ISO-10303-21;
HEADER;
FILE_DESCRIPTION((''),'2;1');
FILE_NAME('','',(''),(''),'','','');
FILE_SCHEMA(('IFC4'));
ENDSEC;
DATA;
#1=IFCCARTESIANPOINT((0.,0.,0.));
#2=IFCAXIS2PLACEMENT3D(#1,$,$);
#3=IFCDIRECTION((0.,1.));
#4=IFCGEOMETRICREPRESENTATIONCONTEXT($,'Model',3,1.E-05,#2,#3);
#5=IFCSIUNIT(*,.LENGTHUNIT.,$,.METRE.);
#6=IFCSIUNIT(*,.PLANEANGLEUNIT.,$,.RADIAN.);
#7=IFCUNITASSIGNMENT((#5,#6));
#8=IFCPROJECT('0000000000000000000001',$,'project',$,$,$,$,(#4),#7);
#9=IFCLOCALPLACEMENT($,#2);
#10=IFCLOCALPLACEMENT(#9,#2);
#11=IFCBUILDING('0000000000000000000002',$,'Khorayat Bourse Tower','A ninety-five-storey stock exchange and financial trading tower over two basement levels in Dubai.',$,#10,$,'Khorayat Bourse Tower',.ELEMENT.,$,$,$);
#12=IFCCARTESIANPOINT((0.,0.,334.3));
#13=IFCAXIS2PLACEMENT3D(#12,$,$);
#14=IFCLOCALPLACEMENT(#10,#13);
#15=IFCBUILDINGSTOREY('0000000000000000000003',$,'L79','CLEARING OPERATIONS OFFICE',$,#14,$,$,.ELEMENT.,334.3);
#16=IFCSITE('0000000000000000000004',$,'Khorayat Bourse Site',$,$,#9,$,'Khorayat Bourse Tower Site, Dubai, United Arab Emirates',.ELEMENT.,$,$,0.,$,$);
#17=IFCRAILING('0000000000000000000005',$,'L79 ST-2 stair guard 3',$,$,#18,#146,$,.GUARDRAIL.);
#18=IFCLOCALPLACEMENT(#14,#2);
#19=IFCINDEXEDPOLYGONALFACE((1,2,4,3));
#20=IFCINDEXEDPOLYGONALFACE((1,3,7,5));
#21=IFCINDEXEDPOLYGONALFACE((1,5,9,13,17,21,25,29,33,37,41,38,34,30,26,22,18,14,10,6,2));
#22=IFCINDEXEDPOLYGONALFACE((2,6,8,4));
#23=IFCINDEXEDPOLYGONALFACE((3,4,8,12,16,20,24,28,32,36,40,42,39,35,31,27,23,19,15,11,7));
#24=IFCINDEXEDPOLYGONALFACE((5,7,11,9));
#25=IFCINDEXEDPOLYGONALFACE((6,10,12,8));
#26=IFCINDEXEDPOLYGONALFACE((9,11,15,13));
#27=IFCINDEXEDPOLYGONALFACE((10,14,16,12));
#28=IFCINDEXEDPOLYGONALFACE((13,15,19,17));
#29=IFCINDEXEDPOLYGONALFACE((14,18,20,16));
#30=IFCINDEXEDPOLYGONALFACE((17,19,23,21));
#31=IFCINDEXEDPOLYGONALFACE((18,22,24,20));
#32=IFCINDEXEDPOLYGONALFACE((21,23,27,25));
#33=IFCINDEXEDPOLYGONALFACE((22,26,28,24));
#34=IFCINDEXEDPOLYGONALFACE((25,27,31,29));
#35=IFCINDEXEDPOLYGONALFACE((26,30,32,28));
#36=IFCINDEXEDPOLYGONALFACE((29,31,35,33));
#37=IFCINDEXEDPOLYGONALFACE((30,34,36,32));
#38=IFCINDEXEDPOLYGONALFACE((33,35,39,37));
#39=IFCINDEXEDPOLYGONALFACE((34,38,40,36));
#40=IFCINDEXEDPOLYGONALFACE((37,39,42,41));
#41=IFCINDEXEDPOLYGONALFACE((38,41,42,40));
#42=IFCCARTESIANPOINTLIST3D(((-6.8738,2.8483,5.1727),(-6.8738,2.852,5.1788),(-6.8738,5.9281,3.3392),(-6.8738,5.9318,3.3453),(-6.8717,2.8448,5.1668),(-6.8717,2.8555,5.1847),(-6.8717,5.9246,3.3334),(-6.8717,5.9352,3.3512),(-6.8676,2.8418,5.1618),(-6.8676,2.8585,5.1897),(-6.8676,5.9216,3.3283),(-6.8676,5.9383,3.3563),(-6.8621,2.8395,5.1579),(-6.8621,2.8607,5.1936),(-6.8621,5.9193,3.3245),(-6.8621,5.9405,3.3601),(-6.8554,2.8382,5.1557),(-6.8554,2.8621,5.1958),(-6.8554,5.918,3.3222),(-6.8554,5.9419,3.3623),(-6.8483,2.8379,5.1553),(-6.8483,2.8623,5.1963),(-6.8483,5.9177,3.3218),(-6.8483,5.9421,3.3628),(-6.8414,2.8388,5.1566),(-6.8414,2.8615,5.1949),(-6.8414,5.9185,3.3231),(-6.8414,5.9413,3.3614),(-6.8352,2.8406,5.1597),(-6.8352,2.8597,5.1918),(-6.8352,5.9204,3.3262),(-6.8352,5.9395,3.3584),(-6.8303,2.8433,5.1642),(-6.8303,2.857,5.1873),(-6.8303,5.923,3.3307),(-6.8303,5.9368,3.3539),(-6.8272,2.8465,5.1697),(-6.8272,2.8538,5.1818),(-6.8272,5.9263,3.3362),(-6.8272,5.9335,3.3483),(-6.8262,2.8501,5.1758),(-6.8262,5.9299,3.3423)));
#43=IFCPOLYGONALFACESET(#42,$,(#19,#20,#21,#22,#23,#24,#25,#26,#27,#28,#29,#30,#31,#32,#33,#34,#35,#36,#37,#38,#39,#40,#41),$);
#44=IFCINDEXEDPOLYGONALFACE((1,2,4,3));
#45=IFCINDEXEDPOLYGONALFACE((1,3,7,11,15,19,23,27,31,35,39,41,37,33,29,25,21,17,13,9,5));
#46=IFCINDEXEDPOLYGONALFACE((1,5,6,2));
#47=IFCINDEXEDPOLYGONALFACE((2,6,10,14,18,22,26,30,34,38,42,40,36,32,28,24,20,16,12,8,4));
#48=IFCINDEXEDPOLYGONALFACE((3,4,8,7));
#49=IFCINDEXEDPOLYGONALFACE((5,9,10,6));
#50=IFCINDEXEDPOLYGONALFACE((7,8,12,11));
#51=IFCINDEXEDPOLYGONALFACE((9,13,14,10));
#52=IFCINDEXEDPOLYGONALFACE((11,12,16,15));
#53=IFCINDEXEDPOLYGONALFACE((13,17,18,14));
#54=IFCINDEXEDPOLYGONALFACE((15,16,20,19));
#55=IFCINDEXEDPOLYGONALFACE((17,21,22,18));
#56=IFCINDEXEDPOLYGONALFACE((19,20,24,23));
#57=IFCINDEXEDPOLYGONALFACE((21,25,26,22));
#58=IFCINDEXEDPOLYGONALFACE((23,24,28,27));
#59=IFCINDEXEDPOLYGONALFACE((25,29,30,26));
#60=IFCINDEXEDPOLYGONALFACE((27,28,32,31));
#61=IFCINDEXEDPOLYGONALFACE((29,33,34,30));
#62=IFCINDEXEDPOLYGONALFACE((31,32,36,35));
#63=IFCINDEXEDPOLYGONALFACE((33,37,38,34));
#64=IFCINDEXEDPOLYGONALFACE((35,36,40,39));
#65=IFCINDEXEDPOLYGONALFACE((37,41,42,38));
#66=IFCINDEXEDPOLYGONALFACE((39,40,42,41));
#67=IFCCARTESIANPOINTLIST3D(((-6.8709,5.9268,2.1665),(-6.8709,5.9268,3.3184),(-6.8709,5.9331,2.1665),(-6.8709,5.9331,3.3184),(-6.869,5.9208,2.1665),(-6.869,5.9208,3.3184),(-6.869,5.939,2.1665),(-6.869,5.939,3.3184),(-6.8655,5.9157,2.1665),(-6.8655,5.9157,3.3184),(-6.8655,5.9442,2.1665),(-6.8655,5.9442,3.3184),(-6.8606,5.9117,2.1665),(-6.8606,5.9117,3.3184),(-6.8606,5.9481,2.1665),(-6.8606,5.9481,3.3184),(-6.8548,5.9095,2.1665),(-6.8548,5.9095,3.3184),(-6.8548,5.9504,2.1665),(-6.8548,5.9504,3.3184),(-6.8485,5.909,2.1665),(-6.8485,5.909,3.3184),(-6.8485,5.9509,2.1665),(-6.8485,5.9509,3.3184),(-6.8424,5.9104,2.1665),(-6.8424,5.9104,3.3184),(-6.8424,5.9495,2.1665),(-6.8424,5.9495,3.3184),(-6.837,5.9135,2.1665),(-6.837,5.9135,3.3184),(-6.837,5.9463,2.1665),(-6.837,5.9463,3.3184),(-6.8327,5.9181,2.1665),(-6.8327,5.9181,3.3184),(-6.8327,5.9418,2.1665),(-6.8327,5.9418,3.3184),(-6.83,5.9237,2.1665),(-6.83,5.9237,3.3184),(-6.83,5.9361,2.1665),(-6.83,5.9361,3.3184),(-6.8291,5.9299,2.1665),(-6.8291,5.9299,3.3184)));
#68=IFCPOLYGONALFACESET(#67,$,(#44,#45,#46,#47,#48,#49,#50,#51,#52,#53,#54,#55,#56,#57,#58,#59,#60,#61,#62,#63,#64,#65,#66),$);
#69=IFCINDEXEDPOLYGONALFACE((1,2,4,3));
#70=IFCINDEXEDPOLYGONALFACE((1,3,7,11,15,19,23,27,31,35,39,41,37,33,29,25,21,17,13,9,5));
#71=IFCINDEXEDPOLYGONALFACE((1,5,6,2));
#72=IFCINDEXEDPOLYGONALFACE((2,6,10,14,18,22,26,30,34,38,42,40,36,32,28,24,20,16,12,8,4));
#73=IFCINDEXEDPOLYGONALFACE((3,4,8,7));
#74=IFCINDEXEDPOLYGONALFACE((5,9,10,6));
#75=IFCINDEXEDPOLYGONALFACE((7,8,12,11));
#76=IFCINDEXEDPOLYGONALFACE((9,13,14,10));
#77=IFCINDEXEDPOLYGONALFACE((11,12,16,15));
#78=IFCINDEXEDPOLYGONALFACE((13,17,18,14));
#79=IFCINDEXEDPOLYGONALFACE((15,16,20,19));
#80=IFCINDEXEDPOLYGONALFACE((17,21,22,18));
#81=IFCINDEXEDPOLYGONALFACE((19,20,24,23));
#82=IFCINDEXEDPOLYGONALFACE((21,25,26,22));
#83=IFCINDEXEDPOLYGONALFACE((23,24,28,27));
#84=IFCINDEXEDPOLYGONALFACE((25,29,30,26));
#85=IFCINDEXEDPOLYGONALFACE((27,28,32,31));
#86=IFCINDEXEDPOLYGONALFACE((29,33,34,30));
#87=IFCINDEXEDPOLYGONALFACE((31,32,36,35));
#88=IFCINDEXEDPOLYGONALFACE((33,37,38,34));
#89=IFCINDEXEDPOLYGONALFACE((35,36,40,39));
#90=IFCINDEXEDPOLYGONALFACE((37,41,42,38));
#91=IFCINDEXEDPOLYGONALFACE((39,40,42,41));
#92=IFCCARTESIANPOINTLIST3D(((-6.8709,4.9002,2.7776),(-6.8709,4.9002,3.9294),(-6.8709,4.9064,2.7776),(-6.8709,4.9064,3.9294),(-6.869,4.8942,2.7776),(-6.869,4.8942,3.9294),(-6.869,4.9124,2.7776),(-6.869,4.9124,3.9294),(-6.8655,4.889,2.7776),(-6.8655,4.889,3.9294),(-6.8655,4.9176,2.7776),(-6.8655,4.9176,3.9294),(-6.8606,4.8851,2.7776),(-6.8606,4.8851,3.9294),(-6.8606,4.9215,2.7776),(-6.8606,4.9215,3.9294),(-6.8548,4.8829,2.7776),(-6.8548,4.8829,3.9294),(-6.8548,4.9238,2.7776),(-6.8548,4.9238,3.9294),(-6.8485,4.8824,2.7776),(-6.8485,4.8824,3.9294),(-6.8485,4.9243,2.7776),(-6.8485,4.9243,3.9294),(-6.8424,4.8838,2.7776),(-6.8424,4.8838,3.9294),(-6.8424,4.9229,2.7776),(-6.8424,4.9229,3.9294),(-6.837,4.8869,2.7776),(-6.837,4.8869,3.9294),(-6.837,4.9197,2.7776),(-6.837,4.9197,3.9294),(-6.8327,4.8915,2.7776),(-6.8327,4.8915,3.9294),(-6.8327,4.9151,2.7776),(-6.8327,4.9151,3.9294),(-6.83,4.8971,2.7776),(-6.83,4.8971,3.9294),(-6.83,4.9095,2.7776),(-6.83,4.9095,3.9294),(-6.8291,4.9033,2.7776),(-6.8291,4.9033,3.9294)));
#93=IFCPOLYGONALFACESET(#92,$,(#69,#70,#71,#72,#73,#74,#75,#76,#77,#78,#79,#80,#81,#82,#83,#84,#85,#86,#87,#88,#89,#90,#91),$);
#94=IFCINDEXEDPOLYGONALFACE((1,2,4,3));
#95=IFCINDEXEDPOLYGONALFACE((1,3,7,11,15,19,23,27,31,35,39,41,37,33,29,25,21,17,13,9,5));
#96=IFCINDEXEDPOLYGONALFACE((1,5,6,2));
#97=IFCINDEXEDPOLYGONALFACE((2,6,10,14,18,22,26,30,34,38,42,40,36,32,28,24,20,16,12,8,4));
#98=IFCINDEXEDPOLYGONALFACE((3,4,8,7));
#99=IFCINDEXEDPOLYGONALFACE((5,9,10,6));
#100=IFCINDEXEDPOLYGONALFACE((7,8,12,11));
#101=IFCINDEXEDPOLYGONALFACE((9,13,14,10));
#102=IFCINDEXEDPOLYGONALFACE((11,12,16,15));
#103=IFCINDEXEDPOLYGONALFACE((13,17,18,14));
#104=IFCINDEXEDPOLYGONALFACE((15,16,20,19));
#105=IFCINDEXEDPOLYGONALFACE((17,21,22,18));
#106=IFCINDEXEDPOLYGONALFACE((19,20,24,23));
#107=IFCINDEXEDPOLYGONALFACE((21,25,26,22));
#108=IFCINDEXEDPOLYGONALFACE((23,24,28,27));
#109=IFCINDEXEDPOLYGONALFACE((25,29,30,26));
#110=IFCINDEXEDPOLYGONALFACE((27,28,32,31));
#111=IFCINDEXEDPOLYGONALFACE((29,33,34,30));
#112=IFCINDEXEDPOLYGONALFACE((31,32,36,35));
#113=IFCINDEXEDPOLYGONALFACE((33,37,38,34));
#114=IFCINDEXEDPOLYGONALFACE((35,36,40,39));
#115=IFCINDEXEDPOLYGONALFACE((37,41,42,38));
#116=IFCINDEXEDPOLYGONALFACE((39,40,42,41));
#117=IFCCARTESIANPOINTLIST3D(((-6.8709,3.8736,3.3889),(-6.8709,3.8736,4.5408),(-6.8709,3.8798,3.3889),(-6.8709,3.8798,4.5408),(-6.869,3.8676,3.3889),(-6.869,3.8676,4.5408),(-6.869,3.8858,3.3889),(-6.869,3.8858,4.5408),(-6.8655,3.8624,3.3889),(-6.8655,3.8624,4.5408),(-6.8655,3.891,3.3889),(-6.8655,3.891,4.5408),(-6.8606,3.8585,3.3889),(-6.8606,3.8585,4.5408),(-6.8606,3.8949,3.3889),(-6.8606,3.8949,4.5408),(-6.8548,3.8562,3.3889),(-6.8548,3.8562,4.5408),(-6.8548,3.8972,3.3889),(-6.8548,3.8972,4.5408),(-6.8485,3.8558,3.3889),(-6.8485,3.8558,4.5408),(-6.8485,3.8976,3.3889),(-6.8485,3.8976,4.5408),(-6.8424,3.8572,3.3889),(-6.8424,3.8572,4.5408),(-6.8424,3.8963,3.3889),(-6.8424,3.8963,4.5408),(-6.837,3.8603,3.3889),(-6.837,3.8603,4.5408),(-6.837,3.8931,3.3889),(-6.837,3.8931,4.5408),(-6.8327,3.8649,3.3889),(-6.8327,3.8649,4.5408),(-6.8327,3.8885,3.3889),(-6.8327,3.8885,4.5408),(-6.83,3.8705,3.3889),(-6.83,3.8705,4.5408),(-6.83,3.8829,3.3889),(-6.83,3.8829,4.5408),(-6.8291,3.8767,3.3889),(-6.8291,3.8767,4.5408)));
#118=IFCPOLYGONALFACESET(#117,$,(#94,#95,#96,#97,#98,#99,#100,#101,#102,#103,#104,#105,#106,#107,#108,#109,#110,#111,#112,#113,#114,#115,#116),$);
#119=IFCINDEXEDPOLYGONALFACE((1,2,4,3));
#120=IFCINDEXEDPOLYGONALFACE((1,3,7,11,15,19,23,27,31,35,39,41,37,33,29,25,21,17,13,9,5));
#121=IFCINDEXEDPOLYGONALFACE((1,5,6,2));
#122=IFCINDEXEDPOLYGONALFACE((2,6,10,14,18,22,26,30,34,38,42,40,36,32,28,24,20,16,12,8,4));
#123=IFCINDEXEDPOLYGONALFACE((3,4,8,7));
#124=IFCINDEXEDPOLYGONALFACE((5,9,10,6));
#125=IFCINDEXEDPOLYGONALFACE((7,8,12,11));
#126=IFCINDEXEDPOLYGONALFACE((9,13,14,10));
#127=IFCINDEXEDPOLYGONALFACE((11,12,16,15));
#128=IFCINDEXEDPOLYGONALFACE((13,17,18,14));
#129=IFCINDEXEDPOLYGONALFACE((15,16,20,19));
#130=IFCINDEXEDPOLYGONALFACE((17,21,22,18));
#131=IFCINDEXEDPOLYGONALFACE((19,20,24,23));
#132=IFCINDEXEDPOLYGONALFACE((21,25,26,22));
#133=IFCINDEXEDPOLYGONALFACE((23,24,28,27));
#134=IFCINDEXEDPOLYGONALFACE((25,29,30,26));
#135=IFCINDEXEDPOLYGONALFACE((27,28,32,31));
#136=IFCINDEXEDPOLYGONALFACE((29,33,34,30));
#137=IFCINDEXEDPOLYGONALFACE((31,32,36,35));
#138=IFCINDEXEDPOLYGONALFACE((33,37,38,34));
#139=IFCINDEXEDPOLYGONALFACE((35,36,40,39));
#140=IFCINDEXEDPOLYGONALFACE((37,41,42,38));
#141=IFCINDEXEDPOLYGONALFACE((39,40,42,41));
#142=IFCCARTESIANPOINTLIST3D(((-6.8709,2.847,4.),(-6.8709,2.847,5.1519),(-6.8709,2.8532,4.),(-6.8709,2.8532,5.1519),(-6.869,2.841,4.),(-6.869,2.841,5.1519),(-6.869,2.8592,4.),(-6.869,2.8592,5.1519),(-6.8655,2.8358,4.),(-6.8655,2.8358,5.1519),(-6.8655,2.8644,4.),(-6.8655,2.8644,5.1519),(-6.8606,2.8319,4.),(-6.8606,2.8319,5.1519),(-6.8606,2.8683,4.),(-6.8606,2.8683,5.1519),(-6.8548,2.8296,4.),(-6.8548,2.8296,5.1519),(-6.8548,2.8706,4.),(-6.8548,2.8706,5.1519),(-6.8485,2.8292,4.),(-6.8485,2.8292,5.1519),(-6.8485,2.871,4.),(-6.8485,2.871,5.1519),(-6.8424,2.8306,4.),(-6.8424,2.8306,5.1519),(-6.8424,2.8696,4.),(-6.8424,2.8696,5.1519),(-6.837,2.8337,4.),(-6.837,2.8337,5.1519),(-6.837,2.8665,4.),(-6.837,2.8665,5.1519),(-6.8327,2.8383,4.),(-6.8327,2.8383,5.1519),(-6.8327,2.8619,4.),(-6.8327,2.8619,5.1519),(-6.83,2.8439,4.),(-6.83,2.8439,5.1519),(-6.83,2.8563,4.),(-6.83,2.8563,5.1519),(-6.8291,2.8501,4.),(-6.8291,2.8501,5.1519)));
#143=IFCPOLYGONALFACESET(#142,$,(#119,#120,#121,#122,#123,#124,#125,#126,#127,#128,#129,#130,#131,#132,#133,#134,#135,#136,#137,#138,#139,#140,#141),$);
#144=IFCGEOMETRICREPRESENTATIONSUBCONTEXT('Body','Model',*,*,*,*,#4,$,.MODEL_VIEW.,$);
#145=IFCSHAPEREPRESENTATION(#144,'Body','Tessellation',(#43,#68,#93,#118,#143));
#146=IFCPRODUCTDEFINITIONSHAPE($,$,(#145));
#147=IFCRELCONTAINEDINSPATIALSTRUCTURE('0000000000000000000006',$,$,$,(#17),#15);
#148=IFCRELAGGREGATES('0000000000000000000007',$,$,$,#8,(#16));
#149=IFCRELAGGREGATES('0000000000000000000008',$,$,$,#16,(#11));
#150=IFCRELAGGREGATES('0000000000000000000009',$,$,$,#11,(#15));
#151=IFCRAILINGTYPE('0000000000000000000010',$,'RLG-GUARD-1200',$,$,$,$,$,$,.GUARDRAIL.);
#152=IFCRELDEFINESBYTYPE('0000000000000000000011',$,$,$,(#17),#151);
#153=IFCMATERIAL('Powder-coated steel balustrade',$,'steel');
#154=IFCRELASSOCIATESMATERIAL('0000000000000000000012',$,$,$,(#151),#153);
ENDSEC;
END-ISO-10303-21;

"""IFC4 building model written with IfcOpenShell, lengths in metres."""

from ifc_helpers import new_model, si_unit, direction, frame, origin, origin_2d, place, context, subcontext, project, spatial, circle, extrude, source, transform, mapped, material, type_object, element, save


model = new_model("IFC4")

# Units and contexts
model_context = context("Model", 3, precision=1e-05, world=origin(), true_north=direction((0.0, 1.0)))
body_context = subcontext(model_context, "Body", "Model", "MODEL_VIEW")
ifc_project = project(units=[si_unit("LENGTHUNIT", "METRE"), si_unit("PLANEANGLEUNIT", "RADIAN")], contexts=[model_context])

# Site, building, storey
site_placement = place(None, origin())
site = spatial("IfcSite", under=ifc_project, at=site_placement, Name="Khorayat Bourse Site", LongName="Khorayat Bourse Tower Site, Dubai, United Arab Emirates", CompositionType="ELEMENT", RefElevation=0.0)
building_placement = place(site_placement, origin())
building = spatial("IfcBuilding", under=site, at=building_placement, Name="Khorayat Bourse Tower", Description="A ninety-five-storey stock exchange and financial trading tower over two basement levels in Dubai.", LongName="Khorayat Bourse Tower", CompositionType="ELEMENT")
storey_placement = place(building_placement, frame((0.0, 0.0, 334.3)))
storey = spatial("IfcBuildingStorey", under=building, at=storey_placement, Name="L79", Description="CLEARING OPERATIONS OFFICE", CompositionType="ELEMENT", Elevation=334.3)

# Railing
ifc_material_1 = material(Name="Powder-coated steel balustrade", Category="steel")
railing_type_1 = type_object("IfcRailingType", Name="RLG-GUARD-1200", PredefinedType="GUARDRAIL", material=ifc_material_1)
shared_shape_1 = source(origin(), body_context, "Body", "SweptSolid", [
    extrude(circle(Radius=0.0239, at=origin_2d()), frame((0.0, 0.0, 1.1758), z_axis=(0.0, -0.859261, 0.511538), x_axis=(1.0, 0.0, 0.0)), (0.0, 0.0, 1.0), 3.5842),
    extrude(circle(Radius=0.021, at=origin_2d()), origin(), (0.0, 0.0, 1.0), 1.1519),
    extrude(circle(Radius=0.021, at=origin_2d()), frame((0.0, -1.0266, 0.6111)), (0.0, 0.0, 1.0), 1.1519),
    extrude(circle(Radius=0.021, at=origin_2d()), frame((0.0, -2.0532, 1.2224)), (0.0, 0.0, 1.0), 1.1519),
    extrude(circle(Radius=0.021, at=origin_2d()), frame((0.0, -3.0798, 1.8335)), (0.0, 0.0, 1.0), 1.1519),
])
railing_1_placement = place(storey_placement, frame((-6.8501, 5.9299, 2.1665)))
element("IfcRailing", 1, at=railing_1_placement, inside=storey, type_object=railing_type_1, Name="L79 ST-2 stair guard 3", PredefinedType="GUARDRAIL", context=body_context, shape_type="MappedRepresentation", body=[
    mapped(shared_shape_1, transform((0.0, 0.0, 0.0), scale=1.0)),
])

save(model, "model.ifc")
